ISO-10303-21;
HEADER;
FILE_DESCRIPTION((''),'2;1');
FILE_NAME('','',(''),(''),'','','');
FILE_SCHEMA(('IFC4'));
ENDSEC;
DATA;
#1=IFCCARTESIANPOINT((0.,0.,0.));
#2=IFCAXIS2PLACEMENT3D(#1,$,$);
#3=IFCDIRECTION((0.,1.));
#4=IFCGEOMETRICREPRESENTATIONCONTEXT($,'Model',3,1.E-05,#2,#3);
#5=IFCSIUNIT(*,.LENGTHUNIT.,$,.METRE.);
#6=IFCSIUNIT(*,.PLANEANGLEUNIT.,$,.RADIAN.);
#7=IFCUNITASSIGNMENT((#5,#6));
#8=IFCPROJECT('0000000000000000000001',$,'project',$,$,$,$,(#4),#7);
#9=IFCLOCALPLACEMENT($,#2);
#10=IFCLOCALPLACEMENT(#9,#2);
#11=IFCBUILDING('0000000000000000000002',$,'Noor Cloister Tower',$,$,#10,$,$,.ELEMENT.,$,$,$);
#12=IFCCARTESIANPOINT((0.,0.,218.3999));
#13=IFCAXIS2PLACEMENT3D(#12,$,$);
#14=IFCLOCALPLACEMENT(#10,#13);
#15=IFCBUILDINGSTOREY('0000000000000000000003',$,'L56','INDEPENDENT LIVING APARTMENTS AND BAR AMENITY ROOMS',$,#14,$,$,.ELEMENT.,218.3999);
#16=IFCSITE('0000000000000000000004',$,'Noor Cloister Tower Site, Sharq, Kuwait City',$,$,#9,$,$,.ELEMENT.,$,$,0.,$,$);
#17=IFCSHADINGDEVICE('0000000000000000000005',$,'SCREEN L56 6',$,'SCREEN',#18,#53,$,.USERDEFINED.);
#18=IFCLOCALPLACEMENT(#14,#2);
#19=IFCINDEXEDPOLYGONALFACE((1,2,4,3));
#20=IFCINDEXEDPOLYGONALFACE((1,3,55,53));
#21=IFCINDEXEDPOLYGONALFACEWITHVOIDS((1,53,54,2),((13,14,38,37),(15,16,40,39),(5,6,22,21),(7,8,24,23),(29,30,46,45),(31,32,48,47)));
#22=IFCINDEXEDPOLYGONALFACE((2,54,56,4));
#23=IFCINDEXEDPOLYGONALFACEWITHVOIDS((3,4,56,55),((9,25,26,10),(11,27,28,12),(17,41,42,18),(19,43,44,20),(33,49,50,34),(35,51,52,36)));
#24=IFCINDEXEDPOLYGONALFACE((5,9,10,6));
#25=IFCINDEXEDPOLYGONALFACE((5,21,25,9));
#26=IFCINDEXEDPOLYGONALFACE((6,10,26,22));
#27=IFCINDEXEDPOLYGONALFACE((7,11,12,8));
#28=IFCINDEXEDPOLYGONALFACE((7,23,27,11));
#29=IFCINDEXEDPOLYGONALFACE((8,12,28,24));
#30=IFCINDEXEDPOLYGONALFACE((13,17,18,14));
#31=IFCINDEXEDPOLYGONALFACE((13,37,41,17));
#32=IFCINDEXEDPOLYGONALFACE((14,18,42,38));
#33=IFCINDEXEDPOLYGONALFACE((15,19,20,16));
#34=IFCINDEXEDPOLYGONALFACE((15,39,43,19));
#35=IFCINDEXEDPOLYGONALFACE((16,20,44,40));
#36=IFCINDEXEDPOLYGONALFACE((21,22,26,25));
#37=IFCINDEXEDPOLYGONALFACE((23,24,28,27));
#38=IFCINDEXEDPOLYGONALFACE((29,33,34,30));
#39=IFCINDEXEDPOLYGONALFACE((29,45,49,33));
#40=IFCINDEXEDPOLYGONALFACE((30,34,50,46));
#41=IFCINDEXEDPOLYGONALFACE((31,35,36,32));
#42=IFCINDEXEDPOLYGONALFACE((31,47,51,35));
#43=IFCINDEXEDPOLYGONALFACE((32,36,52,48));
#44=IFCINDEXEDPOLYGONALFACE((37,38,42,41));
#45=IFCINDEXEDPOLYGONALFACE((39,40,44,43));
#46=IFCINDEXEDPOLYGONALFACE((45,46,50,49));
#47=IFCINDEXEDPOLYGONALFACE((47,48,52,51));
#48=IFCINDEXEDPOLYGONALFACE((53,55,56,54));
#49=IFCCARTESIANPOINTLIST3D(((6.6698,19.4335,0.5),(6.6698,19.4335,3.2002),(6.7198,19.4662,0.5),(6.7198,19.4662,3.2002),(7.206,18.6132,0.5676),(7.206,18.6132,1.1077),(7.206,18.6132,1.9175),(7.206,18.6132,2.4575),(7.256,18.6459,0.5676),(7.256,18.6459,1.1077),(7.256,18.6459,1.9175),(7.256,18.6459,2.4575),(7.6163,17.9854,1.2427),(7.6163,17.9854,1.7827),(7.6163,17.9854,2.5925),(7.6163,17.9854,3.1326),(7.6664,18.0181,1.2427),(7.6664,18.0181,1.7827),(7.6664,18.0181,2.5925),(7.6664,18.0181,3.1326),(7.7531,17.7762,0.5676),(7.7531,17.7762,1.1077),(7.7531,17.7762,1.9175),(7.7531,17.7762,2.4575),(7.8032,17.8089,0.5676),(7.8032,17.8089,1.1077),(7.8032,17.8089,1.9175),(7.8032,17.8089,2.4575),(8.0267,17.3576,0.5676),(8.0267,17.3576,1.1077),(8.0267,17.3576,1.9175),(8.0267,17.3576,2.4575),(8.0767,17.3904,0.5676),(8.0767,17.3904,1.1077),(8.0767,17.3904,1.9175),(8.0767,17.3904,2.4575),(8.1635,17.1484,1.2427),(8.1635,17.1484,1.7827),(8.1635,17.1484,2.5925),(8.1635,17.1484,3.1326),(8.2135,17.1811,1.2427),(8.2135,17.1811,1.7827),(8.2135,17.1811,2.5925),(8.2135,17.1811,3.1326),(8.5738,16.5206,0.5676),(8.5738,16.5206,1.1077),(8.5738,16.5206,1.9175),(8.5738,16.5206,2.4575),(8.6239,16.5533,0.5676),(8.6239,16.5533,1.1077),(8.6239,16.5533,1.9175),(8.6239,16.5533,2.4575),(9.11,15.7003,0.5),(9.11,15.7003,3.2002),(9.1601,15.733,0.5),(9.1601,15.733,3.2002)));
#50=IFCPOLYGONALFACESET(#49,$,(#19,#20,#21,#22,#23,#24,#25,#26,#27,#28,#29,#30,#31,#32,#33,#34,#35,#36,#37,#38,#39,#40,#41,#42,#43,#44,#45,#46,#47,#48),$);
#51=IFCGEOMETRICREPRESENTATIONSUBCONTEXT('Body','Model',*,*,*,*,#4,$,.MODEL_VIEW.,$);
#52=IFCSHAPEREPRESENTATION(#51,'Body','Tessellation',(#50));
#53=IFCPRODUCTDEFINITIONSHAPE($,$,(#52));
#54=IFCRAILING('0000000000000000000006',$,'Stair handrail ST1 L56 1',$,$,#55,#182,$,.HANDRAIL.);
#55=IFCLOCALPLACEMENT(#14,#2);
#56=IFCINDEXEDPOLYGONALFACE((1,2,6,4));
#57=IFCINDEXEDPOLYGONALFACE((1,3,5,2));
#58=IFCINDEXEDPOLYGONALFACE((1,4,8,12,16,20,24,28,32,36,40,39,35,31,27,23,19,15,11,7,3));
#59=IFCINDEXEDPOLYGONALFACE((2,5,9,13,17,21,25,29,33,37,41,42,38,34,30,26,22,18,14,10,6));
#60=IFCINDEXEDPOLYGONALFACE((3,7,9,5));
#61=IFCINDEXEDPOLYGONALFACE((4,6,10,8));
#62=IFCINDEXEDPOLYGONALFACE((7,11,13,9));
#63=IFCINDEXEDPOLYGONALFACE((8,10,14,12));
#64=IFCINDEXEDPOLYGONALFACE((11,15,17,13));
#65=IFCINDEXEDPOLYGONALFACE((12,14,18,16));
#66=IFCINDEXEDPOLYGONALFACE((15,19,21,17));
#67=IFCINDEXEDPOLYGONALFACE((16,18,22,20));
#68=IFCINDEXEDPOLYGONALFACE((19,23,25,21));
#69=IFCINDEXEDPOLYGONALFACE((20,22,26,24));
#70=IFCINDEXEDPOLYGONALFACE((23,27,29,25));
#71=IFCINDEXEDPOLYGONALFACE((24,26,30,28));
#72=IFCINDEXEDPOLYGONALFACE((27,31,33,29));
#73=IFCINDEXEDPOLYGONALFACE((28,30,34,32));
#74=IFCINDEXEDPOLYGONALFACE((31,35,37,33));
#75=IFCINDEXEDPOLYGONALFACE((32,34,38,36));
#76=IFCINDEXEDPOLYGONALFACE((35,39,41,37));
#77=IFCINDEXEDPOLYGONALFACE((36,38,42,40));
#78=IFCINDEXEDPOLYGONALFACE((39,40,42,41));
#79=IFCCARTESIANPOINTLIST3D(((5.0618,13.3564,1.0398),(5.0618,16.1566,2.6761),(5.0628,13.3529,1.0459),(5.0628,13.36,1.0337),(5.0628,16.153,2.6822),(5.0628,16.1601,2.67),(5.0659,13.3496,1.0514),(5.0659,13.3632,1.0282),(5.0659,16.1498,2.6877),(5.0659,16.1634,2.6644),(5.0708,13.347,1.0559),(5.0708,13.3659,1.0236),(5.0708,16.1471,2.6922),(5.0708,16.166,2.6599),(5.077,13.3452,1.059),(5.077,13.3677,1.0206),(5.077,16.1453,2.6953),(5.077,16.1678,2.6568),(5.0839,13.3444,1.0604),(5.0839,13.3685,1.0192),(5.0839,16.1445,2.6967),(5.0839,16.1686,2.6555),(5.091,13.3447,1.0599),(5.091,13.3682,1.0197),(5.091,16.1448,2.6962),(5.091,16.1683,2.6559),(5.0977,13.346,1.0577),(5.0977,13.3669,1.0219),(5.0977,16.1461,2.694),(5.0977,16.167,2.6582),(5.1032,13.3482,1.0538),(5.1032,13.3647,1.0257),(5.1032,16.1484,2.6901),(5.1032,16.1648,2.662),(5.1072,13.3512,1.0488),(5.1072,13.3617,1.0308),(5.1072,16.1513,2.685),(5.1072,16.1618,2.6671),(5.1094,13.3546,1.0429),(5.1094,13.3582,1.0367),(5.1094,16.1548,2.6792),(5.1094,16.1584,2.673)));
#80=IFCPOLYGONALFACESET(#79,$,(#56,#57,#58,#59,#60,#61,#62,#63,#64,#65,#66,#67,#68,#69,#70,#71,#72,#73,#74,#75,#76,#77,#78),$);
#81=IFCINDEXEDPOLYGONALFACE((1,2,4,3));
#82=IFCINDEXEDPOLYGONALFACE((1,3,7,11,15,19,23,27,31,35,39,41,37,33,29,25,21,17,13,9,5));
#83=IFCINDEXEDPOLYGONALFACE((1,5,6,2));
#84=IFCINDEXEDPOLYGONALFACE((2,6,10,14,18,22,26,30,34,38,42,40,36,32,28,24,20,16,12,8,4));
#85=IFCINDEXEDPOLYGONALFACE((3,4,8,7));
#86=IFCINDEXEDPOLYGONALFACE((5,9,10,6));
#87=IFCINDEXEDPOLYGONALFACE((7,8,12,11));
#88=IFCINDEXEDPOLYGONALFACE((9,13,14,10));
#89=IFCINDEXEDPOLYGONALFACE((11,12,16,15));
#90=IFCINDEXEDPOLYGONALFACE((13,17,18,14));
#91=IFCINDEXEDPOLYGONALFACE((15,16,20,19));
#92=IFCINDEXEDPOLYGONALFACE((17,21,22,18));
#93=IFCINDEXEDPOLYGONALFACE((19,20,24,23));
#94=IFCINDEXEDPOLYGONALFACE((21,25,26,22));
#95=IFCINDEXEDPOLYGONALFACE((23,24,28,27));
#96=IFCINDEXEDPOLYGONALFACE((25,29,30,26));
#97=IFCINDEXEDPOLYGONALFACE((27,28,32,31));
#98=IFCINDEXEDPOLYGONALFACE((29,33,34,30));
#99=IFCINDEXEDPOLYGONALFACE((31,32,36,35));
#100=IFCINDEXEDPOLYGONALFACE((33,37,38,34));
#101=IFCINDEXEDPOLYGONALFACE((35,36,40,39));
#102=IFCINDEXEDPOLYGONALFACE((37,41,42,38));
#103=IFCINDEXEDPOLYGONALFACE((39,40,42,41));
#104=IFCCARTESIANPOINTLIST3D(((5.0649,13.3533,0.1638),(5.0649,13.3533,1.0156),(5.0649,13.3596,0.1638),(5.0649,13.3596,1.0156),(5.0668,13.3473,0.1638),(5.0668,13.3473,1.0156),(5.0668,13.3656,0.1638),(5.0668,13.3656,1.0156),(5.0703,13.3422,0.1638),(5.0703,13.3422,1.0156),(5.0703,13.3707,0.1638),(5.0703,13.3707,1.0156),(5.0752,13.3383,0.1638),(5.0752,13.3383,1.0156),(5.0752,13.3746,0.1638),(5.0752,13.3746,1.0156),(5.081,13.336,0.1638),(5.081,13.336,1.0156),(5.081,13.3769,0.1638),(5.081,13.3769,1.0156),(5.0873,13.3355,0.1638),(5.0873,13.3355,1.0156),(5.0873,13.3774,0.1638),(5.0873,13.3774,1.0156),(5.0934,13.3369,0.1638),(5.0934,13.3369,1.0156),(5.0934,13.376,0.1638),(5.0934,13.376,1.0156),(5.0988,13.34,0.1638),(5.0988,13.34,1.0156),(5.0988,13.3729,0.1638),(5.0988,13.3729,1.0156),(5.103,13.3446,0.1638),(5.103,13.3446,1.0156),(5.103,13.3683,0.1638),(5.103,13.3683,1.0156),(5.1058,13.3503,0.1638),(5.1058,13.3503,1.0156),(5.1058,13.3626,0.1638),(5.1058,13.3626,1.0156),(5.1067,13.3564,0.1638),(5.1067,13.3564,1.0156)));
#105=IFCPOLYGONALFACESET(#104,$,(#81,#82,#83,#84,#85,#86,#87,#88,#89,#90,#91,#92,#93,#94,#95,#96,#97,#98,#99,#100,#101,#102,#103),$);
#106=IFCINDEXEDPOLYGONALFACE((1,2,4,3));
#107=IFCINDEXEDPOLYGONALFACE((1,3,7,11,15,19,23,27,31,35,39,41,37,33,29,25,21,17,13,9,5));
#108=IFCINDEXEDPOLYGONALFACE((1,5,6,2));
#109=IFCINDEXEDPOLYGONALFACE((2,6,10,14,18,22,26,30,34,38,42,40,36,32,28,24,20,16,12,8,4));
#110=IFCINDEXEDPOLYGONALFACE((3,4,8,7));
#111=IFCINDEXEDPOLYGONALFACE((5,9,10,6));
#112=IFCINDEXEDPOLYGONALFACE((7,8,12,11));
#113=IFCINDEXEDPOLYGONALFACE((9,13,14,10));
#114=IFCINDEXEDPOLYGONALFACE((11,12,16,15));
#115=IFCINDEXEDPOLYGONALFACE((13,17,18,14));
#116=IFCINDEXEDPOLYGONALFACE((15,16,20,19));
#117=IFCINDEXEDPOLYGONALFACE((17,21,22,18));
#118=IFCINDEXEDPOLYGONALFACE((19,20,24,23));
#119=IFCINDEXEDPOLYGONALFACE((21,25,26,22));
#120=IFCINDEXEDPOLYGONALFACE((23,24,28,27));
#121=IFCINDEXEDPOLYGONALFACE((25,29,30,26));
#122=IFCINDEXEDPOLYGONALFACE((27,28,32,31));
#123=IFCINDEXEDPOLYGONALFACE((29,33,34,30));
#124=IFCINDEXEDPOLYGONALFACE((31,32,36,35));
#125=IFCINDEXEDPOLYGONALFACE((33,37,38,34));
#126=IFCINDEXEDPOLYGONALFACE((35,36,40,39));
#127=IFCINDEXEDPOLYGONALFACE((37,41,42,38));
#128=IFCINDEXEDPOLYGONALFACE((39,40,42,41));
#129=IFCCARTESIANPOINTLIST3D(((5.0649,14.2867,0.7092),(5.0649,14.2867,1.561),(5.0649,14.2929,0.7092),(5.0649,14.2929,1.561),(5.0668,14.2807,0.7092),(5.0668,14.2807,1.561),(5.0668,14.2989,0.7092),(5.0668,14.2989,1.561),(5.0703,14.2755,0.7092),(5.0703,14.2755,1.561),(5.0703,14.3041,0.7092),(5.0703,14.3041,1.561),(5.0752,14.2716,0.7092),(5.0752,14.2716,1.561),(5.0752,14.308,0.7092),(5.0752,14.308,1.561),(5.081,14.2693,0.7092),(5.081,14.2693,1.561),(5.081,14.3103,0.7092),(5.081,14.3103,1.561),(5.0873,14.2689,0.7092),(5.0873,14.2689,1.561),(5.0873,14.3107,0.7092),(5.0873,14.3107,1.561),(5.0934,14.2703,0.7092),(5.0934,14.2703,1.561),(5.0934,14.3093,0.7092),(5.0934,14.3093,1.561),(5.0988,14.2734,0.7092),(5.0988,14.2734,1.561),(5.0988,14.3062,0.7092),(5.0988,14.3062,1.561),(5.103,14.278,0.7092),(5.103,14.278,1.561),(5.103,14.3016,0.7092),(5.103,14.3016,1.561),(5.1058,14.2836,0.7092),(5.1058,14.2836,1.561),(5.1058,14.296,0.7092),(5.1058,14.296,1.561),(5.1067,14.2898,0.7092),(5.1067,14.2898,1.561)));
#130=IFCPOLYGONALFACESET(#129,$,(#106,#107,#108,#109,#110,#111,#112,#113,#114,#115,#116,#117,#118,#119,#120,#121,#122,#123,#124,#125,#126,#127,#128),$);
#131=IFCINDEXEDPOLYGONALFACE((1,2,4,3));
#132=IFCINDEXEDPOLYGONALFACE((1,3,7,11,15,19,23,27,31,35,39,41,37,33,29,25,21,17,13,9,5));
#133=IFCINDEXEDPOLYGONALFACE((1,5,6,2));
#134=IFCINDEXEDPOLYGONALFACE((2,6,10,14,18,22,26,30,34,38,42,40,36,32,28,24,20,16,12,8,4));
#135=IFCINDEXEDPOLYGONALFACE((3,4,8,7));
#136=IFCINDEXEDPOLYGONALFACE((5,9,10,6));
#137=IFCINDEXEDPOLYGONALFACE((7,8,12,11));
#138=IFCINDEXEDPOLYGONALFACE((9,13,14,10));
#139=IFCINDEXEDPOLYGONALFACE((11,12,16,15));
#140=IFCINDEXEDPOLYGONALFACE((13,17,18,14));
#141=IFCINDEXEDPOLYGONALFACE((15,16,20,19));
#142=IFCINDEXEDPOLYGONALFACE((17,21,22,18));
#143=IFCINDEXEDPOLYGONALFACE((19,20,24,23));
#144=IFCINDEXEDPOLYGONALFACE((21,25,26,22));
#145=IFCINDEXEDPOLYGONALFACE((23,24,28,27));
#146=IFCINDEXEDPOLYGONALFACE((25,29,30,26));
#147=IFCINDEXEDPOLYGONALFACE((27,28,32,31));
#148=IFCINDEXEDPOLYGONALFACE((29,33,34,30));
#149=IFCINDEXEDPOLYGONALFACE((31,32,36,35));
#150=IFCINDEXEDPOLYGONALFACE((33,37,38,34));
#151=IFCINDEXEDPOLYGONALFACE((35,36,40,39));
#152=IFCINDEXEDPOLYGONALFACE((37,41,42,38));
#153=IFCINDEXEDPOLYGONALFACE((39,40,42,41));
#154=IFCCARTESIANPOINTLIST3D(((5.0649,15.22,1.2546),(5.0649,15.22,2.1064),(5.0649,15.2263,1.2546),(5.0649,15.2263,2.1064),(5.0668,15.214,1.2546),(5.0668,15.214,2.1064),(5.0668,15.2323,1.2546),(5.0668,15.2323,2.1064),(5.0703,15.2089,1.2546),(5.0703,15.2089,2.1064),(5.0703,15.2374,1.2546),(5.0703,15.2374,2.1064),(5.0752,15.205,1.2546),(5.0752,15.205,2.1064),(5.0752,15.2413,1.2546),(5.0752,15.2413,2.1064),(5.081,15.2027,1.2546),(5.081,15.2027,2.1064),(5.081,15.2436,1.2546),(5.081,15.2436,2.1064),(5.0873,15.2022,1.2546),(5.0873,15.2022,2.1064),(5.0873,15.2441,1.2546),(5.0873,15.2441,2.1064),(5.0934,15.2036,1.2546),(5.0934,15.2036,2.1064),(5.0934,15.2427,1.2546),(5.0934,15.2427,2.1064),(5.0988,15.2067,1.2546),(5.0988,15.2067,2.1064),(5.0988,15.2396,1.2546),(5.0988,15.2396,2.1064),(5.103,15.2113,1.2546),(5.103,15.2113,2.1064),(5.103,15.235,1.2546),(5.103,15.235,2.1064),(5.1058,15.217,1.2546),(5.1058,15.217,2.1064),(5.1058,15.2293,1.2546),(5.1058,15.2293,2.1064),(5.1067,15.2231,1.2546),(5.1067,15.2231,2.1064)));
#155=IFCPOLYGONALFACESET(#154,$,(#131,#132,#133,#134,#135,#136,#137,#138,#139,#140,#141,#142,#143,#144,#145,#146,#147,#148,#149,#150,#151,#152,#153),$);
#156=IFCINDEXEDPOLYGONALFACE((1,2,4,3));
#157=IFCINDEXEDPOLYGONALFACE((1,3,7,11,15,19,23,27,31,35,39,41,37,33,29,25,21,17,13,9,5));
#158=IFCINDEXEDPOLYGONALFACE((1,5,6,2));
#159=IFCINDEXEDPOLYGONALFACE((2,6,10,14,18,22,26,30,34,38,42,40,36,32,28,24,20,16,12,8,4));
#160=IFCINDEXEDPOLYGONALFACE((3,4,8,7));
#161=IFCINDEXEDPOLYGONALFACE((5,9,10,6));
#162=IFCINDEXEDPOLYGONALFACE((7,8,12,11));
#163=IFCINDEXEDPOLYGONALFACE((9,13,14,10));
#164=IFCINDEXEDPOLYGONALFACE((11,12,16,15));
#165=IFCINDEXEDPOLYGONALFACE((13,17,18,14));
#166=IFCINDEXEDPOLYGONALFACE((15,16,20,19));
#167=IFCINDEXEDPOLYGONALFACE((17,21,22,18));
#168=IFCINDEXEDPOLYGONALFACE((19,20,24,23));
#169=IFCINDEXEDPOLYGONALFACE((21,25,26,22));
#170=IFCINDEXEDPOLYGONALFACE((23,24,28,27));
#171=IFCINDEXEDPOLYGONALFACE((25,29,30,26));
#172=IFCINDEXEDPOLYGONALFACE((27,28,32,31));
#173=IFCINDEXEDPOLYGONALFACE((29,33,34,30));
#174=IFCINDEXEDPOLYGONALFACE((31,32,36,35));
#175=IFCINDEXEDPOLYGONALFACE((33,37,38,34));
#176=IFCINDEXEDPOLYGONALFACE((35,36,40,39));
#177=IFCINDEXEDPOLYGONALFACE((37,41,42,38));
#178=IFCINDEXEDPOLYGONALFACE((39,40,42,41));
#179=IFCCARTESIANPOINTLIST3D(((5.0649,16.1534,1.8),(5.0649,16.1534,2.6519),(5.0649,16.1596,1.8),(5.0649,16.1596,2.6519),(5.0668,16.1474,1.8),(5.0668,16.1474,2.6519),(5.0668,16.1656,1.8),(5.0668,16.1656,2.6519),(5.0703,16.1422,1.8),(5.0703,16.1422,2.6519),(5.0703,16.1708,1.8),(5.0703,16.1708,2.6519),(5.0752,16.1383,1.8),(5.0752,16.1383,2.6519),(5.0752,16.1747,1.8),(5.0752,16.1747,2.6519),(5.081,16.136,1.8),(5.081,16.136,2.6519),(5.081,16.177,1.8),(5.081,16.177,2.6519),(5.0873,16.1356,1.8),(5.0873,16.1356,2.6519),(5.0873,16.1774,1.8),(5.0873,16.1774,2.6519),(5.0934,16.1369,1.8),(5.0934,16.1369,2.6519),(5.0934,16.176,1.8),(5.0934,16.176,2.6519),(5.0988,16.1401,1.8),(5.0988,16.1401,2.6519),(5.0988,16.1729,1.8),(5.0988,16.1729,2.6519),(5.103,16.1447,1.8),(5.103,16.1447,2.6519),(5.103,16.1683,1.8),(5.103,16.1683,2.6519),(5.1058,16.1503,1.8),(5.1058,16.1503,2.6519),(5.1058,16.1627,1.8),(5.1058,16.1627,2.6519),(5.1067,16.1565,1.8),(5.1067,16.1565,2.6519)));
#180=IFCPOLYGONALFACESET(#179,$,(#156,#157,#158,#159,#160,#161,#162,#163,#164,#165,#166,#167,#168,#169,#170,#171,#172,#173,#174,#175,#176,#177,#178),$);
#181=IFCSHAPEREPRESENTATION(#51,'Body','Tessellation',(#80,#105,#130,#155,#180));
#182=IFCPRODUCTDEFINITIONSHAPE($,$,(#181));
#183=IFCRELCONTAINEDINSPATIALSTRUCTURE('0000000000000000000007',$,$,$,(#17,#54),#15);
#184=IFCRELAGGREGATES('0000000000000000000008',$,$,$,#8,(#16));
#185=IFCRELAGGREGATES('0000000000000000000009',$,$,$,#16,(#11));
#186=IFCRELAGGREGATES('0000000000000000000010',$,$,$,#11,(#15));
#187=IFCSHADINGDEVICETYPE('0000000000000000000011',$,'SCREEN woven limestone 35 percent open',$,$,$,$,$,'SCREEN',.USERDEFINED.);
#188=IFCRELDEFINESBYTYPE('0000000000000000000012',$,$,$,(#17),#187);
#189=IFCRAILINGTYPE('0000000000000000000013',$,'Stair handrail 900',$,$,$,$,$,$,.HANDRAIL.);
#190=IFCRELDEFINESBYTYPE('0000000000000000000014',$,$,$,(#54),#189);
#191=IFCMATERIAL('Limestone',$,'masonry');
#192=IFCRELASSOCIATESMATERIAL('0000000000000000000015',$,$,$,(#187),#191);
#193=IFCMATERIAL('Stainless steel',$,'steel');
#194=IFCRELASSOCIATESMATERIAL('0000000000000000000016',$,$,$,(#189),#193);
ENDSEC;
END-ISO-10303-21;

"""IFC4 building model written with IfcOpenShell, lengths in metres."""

from ifc_helpers import new_model, si_unit, direction, frame, origin, origin_2d, place, context, subcontext, project, spatial, polyline, circle, outline, extrude, material, material_profile, profile_set, type_object, element, save


model = new_model("IFC4")

# Units and contexts
model_context = context("Model", 3, precision=1e-05, world=origin(), true_north=direction((0.0, 1.0)))
body_context = subcontext(model_context, "Body", "Model", "MODEL_VIEW")
ifc_project = project(units=[si_unit("LENGTHUNIT", "METRE"), si_unit("PLANEANGLEUNIT", "RADIAN")], contexts=[model_context])

# Site, building, storey
site_placement = place(None, origin())
site = spatial("IfcSite", under=ifc_project, at=site_placement, Name="Noor Cloister Tower Site, Sharq, Kuwait City", CompositionType="ELEMENT", RefElevation=0.0)
building_placement = place(site_placement, origin())
building = spatial("IfcBuilding", under=site, at=building_placement, Name="Noor Cloister Tower", CompositionType="ELEMENT")
storey_placement = place(building_placement, frame((0.0, 0.0, 218.3999)))
storey = spatial("IfcBuildingStorey", under=building, at=storey_placement, Name="L56", Description="INDEPENDENT LIVING APARTMENTS AND BAR AMENITY ROOMS", CompositionType="ELEMENT", Elevation=218.3999)

# Shading device
ifc_material_1 = material(Name="Limestone", Category="masonry")
ifc_material_profile_1 = material_profile(ifc_material_1, outline(polyline([(-2.23, -1.3501), (2.23, -1.3501), (2.23, 1.3501), (-2.23, 1.3501), (-2.23, -1.3501)]), holes=[polyline([(-1.25, -1.2825), (-0.25, -1.2825), (-0.25, -0.7424), (-1.25, -0.7424), (-1.25, -1.2825)]), polyline([(0.25, -1.2825), (1.25, -1.2825), (1.25, -0.7424), (0.25, -0.7424), (0.25, -1.2825)]), polyline([(-0.5, -0.6074), (0.5, -0.6074), (0.5, -0.0674), (-0.5, -0.0674), (-0.5, -0.6074)]), polyline([(-1.25, 0.0674), (-0.25, 0.0674), (-0.25, 0.6074), (-1.25, 0.6074), (-1.25, 0.0674)]), polyline([(0.25, 0.0674), (1.25, 0.0674), (1.25, 0.6074), (0.25, 0.6074), (0.25, 0.0674)]), polyline([(-0.5, 0.7424), (0.5, 0.7424), (0.5, 1.2825), (-0.5, 1.2825), (-0.5, 0.7424)])]), Name="Woven screen 35 percent open")
ifc_profile_set_1 = profile_set([ifc_material_profile_1], Name="Limestone")
shading_device_type = type_object("IfcShadingDeviceType", Name="SCREEN woven limestone 35 percent open", ElementType="SCREEN", PredefinedType="USERDEFINED", material=ifc_profile_set_1)
shading_device_1_placement = place(storey_placement, frame((7.8899, 17.5669, 1.8501), z_axis=(0.837042, 0.547139, 0.0), x_axis=(-0.547139, 0.837042, 0.0)))
element("IfcShadingDevice", 1, at=shading_device_1_placement, inside=storey, type_object=shading_device_type, Name="SCREEN L56 6", ObjectType="SCREEN", PredefinedType="USERDEFINED", context=body_context, shape_type="SweptSolid", body=[
    extrude(outline(polyline([(-2.23, -1.3501), (2.23, -1.3501), (2.23, 1.3501), (-2.23, 1.3501), (-2.23, -1.3501)]), holes=[polyline([(-1.25, -1.2825), (-0.25, -1.2825), (-0.25, -0.7424), (-1.25, -0.7424), (-1.25, -1.2825)]), polyline([(0.25, -1.2825), (1.25, -1.2825), (1.25, -0.7424), (0.25, -0.7424), (0.25, -1.2825)]), polyline([(-0.5, -0.6074), (0.5, -0.6074), (0.5, -0.0674), (-0.5, -0.0674), (-0.5, -0.6074)]), polyline([(-1.25, 0.0674), (-0.25, 0.0674), (-0.25, 0.6074), (-1.25, 0.6074), (-1.25, 0.0674)]), polyline([(0.25, 0.0674), (1.25, 0.0674), (1.25, 0.6074), (0.25, 0.6074), (0.25, 0.0674)]), polyline([(-0.5, 0.7424), (0.5, 0.7424), (0.5, 1.2825), (-0.5, 1.2825), (-0.5, 0.7424)])]), origin(), (0.0, 0.0, 1.0), 0.0598),
])

# Railing
ifc_material_2 = material(Name="Stainless steel", Category="steel")
railing_type_1 = type_object("IfcRailingType", Name="Stair handrail 900", PredefinedType="HANDRAIL", material=ifc_material_2)
railing_1_placement = place(storey_placement, frame((5.0857, 13.3564, 0.1638)))
element("IfcRailing", 2, at=railing_1_placement, inside=storey, type_object=railing_type_1, Name="Stair handrail ST1 L56 1", PredefinedType="HANDRAIL", context=body_context, shape_type="SweptSolid", body=[
    extrude(circle(Radius=0.0239, at=origin_2d()), frame((0.0, 0.0, 0.876), z_axis=(0.0, 0.863394, 0.504531), x_axis=(-1.0, 0.0, 0.0)), (0.0, 0.0, 1.0), 3.2432),
    extrude(circle(Radius=0.021, at=origin_2d()), origin(), (0.0, 0.0, 1.0), 0.8518),
    extrude(circle(Radius=0.021, at=origin_2d()), frame((0.0, 0.9333, 0.5454)), (0.0, 0.0, 1.0), 0.8518),
    extrude(circle(Radius=0.021, at=origin_2d()), frame((0.0, 1.8667, 1.0908)), (0.0, 0.0, 1.0), 0.8518),
    extrude(circle(Radius=0.021, at=origin_2d()), frame((0.0, 2.8, 1.6362)), (0.0, 0.0, 1.0), 0.8518),
])

save(model, "model.ifc")
